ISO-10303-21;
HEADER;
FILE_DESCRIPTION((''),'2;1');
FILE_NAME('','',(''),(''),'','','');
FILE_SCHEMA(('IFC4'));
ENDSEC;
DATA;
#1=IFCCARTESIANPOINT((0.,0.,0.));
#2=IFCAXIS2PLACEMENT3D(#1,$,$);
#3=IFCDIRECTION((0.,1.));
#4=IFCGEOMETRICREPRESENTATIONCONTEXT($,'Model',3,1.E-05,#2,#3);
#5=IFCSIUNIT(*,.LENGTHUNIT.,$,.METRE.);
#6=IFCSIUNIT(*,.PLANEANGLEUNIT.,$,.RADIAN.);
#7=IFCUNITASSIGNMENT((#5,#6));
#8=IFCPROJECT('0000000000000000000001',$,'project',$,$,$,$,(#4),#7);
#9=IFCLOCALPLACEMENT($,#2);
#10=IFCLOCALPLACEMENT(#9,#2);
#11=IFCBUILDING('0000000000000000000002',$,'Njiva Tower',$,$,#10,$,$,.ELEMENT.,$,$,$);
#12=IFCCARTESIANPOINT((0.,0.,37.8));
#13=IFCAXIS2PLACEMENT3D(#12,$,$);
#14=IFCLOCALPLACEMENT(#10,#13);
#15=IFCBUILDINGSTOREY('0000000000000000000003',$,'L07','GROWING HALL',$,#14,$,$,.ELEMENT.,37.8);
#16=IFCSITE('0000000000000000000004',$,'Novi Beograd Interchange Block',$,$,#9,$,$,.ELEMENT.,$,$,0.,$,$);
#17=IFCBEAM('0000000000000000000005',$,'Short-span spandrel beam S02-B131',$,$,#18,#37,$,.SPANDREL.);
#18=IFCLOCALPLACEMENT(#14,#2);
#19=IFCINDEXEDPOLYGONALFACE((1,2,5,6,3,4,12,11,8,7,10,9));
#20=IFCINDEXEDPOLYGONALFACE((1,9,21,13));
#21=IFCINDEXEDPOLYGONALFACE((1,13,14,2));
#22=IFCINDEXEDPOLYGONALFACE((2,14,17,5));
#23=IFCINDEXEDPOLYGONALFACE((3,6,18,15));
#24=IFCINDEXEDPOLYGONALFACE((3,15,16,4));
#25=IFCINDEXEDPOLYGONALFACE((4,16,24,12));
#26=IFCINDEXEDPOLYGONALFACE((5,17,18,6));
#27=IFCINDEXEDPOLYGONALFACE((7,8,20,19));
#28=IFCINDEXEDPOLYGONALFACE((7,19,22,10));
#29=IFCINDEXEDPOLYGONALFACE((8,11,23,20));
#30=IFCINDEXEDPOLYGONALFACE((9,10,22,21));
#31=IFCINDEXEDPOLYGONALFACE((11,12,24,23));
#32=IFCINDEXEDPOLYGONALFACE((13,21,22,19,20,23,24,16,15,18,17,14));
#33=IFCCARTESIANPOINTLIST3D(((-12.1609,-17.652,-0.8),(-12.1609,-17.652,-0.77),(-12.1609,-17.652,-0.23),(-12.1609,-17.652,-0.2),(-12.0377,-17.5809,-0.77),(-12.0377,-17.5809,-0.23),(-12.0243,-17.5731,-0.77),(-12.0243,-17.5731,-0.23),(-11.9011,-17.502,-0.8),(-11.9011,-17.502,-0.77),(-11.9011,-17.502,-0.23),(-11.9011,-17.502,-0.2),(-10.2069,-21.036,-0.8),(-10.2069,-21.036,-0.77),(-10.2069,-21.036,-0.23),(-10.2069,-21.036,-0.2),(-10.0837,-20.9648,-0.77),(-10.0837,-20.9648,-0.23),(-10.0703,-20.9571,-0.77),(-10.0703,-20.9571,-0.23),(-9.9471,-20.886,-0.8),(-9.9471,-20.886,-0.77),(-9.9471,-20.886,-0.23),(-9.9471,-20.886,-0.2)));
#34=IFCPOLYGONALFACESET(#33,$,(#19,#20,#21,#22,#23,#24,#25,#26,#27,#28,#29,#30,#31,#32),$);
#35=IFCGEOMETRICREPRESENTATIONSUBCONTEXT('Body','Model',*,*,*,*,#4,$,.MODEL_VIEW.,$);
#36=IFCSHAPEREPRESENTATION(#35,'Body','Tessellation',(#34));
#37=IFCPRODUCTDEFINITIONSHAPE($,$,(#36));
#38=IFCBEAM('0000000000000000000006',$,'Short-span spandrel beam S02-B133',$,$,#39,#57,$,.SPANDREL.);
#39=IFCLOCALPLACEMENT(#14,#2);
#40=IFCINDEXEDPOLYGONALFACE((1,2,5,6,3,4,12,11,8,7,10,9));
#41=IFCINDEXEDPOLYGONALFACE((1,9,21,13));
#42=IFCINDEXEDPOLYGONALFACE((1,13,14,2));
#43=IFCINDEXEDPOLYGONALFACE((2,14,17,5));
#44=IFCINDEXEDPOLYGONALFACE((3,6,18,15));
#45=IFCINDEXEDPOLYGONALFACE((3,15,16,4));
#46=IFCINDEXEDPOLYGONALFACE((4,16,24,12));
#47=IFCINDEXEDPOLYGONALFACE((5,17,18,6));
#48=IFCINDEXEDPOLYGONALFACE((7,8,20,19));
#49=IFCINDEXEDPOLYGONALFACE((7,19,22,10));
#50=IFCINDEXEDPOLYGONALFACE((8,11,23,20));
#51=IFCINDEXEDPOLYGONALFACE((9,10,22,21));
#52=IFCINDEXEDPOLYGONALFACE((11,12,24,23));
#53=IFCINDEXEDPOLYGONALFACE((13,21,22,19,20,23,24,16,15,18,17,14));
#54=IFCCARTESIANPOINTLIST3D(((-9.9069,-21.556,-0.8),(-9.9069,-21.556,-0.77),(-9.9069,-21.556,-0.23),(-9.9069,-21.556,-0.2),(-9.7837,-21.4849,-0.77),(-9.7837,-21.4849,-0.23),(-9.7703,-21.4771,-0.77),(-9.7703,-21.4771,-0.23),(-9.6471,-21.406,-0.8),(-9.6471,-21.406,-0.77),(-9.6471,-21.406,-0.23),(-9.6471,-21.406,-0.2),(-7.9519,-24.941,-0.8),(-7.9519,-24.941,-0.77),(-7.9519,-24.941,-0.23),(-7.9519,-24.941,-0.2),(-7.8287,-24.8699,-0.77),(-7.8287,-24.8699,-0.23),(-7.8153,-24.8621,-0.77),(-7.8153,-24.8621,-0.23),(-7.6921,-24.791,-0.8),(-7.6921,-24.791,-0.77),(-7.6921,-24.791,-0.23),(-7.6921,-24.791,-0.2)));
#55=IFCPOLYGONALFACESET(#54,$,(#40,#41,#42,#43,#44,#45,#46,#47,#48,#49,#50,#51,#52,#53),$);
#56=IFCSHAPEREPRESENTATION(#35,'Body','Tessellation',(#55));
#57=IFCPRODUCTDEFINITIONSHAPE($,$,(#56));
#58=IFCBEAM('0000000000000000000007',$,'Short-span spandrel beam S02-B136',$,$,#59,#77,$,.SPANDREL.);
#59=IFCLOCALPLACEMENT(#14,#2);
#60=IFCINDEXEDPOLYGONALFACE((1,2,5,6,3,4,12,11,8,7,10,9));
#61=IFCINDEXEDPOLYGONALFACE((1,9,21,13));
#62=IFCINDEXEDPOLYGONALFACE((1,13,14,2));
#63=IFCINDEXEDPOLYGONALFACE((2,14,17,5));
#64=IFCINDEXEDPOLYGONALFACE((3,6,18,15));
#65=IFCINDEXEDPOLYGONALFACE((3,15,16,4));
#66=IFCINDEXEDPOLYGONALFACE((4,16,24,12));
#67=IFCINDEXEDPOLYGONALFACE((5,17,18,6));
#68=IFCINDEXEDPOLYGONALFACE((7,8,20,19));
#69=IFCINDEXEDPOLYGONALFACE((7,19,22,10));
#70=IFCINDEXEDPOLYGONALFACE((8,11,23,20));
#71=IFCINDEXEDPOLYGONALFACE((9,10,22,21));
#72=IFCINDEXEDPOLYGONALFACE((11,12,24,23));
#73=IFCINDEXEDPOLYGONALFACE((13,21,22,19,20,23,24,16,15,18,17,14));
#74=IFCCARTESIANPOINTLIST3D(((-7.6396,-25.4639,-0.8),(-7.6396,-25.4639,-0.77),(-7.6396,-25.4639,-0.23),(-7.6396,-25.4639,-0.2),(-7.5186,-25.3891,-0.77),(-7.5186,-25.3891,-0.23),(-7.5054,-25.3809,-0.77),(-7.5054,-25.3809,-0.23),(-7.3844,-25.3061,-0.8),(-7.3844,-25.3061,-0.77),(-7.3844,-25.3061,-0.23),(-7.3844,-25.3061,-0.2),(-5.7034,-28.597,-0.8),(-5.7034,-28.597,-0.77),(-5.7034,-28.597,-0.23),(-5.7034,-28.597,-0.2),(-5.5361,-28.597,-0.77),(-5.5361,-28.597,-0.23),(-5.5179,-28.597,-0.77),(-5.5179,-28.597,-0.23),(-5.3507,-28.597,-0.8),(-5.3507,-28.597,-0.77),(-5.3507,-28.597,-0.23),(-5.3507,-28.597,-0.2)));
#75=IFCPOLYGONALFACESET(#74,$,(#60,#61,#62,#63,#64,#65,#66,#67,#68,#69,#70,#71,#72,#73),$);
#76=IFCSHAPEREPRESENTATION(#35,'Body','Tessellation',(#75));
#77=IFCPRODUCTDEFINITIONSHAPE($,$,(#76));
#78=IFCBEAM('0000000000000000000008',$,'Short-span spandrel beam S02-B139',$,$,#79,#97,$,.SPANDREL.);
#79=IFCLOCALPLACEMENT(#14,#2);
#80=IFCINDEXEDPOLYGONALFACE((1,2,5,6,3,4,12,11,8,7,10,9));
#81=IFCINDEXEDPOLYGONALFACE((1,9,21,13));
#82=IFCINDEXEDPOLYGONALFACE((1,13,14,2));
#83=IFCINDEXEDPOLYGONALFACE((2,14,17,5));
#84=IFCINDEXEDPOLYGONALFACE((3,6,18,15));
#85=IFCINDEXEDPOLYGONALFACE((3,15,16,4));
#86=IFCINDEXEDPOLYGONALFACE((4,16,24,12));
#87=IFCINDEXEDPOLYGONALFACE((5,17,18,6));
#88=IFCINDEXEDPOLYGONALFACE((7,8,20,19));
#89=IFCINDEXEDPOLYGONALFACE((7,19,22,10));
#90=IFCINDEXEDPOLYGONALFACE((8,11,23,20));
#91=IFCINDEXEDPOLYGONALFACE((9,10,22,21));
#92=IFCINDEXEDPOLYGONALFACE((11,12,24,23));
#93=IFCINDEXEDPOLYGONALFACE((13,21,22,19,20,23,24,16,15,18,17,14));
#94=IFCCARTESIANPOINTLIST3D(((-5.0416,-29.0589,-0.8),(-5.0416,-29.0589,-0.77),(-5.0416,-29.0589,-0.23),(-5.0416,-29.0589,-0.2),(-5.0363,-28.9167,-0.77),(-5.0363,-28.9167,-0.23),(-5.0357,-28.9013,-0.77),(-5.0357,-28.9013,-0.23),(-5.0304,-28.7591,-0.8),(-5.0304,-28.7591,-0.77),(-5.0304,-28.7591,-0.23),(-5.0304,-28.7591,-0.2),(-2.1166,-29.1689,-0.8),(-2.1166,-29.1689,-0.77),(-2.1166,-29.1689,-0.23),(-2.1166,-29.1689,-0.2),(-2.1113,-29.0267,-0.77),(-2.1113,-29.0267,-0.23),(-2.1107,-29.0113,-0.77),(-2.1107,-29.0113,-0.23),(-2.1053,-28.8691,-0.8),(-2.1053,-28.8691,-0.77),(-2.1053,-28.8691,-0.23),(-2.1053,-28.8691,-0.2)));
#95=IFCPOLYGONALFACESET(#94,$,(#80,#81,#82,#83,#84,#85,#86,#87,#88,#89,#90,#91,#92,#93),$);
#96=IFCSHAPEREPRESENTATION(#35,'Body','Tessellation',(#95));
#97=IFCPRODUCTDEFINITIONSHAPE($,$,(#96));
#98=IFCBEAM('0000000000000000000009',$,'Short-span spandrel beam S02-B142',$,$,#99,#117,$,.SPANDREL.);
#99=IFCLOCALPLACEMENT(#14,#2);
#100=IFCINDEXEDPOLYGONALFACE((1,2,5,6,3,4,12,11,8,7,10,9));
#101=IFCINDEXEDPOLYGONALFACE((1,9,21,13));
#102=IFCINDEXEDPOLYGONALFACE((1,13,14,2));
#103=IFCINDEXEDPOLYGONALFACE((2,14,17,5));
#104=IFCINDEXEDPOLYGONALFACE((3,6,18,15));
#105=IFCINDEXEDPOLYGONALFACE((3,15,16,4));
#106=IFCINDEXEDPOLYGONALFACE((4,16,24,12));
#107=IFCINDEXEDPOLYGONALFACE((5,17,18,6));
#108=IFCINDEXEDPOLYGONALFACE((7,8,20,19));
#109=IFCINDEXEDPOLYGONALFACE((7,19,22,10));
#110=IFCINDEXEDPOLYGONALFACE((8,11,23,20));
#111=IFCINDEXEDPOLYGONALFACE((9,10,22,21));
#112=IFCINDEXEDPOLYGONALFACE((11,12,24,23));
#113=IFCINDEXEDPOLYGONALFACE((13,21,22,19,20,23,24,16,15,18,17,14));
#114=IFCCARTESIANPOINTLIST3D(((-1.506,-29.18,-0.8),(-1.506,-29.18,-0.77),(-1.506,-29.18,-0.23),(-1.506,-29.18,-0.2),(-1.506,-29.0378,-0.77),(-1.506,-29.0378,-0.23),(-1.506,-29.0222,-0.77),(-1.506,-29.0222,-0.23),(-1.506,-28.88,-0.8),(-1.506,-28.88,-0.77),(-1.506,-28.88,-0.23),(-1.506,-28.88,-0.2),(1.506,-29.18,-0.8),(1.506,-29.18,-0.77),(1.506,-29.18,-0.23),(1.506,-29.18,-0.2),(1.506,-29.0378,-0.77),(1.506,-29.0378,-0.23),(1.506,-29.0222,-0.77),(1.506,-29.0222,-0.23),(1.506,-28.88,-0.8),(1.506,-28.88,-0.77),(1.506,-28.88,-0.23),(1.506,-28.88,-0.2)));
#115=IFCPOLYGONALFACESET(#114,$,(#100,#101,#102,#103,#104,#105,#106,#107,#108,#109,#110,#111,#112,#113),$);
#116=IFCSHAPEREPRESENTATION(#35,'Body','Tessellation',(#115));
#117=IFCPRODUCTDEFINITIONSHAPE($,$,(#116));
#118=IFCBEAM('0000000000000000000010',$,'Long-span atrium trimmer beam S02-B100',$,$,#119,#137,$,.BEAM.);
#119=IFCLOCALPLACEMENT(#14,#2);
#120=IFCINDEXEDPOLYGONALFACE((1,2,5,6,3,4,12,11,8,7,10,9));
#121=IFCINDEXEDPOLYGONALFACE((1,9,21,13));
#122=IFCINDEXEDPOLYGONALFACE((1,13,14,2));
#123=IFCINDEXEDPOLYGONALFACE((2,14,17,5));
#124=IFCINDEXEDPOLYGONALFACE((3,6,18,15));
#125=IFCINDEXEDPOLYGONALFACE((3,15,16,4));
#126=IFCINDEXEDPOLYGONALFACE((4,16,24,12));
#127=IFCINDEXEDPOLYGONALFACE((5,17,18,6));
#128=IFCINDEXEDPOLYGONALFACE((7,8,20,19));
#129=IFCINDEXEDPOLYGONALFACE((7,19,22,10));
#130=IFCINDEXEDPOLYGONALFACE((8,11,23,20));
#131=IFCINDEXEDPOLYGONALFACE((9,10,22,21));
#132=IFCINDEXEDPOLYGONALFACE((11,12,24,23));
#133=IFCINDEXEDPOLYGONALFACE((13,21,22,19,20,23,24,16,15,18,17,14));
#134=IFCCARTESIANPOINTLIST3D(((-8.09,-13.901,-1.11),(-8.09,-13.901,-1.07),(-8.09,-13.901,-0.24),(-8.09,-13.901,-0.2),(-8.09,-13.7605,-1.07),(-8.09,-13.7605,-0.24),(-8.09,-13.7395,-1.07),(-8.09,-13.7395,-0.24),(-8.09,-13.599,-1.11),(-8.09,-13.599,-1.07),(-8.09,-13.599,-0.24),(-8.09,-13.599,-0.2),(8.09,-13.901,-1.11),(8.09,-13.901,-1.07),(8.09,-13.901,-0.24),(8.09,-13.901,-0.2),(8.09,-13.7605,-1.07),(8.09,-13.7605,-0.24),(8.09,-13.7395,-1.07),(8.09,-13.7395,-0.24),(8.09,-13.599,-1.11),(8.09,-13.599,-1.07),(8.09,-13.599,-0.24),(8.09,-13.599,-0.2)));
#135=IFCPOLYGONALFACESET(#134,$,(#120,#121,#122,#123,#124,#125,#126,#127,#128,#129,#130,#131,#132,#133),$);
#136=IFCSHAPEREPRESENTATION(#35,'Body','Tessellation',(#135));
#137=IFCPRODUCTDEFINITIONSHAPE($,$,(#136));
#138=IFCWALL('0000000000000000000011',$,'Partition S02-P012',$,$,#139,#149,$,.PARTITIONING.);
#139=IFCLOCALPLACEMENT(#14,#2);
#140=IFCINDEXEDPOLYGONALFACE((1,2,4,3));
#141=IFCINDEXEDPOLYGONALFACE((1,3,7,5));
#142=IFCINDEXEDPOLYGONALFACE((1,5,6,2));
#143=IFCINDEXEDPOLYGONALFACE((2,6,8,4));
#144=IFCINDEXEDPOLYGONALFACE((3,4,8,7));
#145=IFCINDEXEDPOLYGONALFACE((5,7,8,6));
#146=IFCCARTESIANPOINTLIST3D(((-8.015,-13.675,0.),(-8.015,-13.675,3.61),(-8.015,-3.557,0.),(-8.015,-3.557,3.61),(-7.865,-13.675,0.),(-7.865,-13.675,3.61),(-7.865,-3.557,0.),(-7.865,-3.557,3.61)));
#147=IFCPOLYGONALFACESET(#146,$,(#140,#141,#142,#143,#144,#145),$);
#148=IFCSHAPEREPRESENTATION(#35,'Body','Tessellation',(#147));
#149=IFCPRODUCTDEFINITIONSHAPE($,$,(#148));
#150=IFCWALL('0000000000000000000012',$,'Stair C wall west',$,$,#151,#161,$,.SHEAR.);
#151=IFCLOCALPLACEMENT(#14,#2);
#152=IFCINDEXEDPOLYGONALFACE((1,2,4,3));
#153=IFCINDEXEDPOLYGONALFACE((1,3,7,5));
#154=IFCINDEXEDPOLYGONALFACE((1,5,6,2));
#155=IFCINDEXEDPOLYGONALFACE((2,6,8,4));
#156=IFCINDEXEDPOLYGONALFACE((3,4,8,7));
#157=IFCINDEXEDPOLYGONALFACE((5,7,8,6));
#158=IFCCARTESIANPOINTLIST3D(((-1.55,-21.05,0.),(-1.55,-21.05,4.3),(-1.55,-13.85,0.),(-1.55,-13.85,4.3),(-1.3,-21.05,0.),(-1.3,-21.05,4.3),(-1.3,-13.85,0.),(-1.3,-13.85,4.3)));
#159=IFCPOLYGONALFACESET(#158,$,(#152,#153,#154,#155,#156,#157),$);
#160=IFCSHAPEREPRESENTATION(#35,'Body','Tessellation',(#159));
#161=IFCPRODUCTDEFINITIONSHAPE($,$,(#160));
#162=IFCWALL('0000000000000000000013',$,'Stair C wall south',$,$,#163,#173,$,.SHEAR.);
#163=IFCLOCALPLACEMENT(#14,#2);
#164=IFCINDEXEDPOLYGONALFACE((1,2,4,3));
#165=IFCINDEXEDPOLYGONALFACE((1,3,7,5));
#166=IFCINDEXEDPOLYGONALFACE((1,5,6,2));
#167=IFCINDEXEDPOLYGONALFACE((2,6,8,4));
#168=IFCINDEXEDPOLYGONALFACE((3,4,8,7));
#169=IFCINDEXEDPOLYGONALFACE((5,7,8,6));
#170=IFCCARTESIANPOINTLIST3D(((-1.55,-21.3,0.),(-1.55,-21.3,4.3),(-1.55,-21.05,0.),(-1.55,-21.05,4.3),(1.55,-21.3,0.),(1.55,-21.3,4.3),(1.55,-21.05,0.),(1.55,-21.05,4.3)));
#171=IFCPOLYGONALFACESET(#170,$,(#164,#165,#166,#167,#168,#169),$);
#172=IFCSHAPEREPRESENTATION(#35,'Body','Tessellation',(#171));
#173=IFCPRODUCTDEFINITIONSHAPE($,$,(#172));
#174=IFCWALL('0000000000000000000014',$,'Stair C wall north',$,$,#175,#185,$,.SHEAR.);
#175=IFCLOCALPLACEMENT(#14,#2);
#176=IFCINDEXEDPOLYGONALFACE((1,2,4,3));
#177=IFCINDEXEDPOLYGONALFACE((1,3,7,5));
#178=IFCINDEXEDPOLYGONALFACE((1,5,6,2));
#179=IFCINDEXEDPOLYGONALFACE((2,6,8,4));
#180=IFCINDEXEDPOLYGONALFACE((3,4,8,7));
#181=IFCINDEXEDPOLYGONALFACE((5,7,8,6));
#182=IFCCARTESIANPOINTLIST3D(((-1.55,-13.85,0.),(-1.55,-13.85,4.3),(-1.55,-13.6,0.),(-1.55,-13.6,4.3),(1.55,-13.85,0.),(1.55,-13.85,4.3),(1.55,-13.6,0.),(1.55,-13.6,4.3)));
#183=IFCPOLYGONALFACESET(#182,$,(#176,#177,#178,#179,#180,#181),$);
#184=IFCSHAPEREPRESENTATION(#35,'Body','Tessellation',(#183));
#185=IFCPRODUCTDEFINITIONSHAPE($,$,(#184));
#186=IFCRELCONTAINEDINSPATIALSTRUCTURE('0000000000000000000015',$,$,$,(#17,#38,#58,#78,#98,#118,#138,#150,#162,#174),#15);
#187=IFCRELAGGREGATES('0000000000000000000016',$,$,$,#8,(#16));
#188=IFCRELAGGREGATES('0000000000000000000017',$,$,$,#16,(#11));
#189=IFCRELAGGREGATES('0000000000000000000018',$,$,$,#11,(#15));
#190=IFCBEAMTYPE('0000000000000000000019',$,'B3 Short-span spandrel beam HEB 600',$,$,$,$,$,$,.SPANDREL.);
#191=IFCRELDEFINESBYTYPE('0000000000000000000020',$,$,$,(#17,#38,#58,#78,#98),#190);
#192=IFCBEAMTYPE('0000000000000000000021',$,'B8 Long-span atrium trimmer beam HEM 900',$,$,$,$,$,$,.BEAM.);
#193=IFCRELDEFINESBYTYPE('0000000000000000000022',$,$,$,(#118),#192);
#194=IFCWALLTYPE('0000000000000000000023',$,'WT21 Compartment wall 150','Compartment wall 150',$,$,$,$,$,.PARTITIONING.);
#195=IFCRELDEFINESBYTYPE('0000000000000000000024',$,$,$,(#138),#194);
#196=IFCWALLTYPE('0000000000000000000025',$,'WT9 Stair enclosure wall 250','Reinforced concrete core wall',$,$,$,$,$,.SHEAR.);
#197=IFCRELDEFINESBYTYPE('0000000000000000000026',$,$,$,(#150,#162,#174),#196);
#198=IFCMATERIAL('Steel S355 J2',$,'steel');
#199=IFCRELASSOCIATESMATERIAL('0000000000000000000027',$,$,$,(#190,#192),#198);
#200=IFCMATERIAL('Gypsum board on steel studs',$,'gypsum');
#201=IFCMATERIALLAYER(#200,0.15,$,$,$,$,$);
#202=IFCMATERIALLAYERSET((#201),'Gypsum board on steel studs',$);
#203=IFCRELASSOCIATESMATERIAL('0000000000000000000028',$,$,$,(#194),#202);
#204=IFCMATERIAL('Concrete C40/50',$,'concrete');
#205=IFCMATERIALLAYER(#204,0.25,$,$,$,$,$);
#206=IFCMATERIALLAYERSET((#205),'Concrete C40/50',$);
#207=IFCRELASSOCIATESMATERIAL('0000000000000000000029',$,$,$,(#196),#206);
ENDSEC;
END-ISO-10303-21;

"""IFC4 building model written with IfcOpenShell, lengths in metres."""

from ifc_helpers import new_model, si_unit, direction, frame, frame_2d, origin, origin_2d, place, context, subcontext, project, spatial, rectangle, i_section, extrude, clip, halfspace, material, layer, layer_set, material_profile, profile_set, type_object, element, save


model = new_model("IFC4")

# Units and contexts
model_context = context("Model", 3, precision=1e-05, world=origin(), true_north=direction((0.0, 1.0)))
body_context = subcontext(model_context, "Body", "Model", "MODEL_VIEW")
ifc_project = project(units=[si_unit("LENGTHUNIT", "METRE"), si_unit("PLANEANGLEUNIT", "RADIAN")], contexts=[model_context])

# Site, building, storey
site_placement = place(None, origin())
site = spatial("IfcSite", under=ifc_project, at=site_placement, Name="Novi Beograd Interchange Block", CompositionType="ELEMENT", RefElevation=0.0)
building_placement = place(site_placement, origin())
building = spatial("IfcBuilding", under=site, at=building_placement, Name="Njiva Tower", CompositionType="ELEMENT")
storey_placement = place(building_placement, frame((0.0, 0.0, 37.8)))
storey = spatial("IfcBuildingStorey", under=building, at=storey_placement, Name="L07", Description="GROWING HALL", CompositionType="ELEMENT", Elevation=37.8)

# Shared definitions
ifc_material_1 = material(Name="Steel S355 J2", Category="steel")

# Beams
ifc_material_profile_1 = material_profile(ifc_material_1, i_section(OverallWidth=0.3, OverallDepth=0.6, WebThickness=0.0155, FlangeThickness=0.03, at=origin_2d()), Name="HEB 600")
ifc_profile_set_1 = profile_set([ifc_material_profile_1], Name="Steel S355 J2")
beam_type_1 = type_object("IfcBeamType", Name="B3 Short-span spandrel beam HEB 600", PredefinedType="SPANDREL", material=ifc_profile_set_1)
beam_1_placement = place(storey_placement, frame((-12.031, -17.577, -0.5), z_axis=(0.500047, -0.865998, 0.0), x_axis=(0.865998, 0.500047, 0.0)))
element("IfcBeam", 1, at=beam_1_placement, inside=storey, type_object=beam_type_1, Name="Short-span spandrel beam S02-B131", PredefinedType="SPANDREL", context=body_context, shape_type="SweptSolid", body=[
    extrude(i_section(OverallWidth=0.3, OverallDepth=0.6, WebThickness=0.0155, FlangeThickness=0.03, at=origin_2d()), origin(), (0.0, 0.0, 1.0), 3.9076),
])
beam_2_placement = place(storey_placement, frame((-9.777, -21.481, -0.5), z_axis=(0.500128, -0.865951, 0.0), x_axis=(0.865951, 0.500128, 0.0)))
element("IfcBeam", 2, at=beam_2_placement, inside=storey, type_object=beam_type_1, Name="Short-span spandrel beam S02-B133", PredefinedType="SPANDREL", context=body_context, shape_type="SweptSolid", body=[
    extrude(i_section(OverallWidth=0.3, OverallDepth=0.6, WebThickness=0.0155, FlangeThickness=0.03, at=origin_2d()), origin(), (0.0, 0.0, 1.0), 3.909),
])
beam_3_placement = place(storey_placement, frame((-7.512, -25.385, -0.5), z_axis=(0.525707, -0.850666, 0.0), x_axis=(0.850666, 0.525707, 0.0)))
element("IfcBeam", 3, at=beam_3_placement, inside=storey, type_object=beam_type_1, Name="Short-span spandrel beam S02-B136", PredefinedType="SPANDREL", context=body_context, shape_type="Clipping", body=[
    clip(extrude(i_section(OverallWidth=0.3, OverallDepth=0.6, WebThickness=0.0155, FlangeThickness=0.03, at=origin_2d()), origin(), (0.0, 0.0, 1.0), 3.8889), halfspace(frame((-0.0261, 0.0, 3.7597), z_axis=(-0.525707, 0.0, 0.850666), x_axis=(0.0, 1.0, 0.0)), False)),
])
beam_4_placement = place(storey_placement, frame((-5.036, -28.909, -0.5), z_axis=(0.999294, -0.03758, 0.0), x_axis=(0.03758, 0.999294, 0.0)))
element("IfcBeam", 4, at=beam_4_placement, inside=storey, type_object=beam_type_1, Name="Short-span spandrel beam S02-B139", PredefinedType="SPANDREL", context=body_context, shape_type="SweptSolid", body=[
    extrude(i_section(OverallWidth=0.3, OverallDepth=0.6, WebThickness=0.0155, FlangeThickness=0.03, at=origin_2d()), origin(), (0.0, 0.0, 1.0), 2.9271),
])
beam_5_placement = place(storey_placement, frame((-1.506, -29.03, -0.5), z_axis=(1.0, 0.0, 0.0), x_axis=(0.0, 1.0, 0.0)))
element("IfcBeam", 5, at=beam_5_placement, inside=storey, type_object=beam_type_1, Name="Short-span spandrel beam S02-B142", PredefinedType="SPANDREL", context=body_context, shape_type="SweptSolid", body=[
    extrude(i_section(OverallWidth=0.3, OverallDepth=0.6, WebThickness=0.0155, FlangeThickness=0.03, at=origin_2d()), origin(), (0.0, 0.0, 1.0), 3.012),
])
ifc_material_profile_2 = material_profile(ifc_material_1, i_section(OverallWidth=0.302, OverallDepth=0.91, WebThickness=0.021, FlangeThickness=0.04, at=origin_2d()), Name="HEM 900")
ifc_profile_set_2 = profile_set([ifc_material_profile_2], Name="Steel S355 J2")
beam_type_2 = type_object("IfcBeamType", Name="B8 Long-span atrium trimmer beam HEM 900", PredefinedType="BEAM", material=ifc_profile_set_2)
beam_6_placement = place(storey_placement, frame((-8.09, -13.75, -0.655), z_axis=(1.0, 0.0, 0.0), x_axis=(0.0, 1.0, 0.0)))
element("IfcBeam", 6, at=beam_6_placement, inside=storey, type_object=beam_type_2, Name="Long-span atrium trimmer beam S02-B100", PredefinedType="BEAM", context=body_context, shape_type="SweptSolid", body=[
    extrude(i_section(OverallWidth=0.302, OverallDepth=0.91, WebThickness=0.021, FlangeThickness=0.04, at=origin_2d()), origin(), (0.0, 0.0, 1.0), 16.18),
])

# Walls
ifc_material_2 = material(Name="Gypsum board on steel studs", Category="gypsum")
ifc_layer_1 = layer(ifc_material_2, 0.15)
ifc_layer_set_1 = layer_set([ifc_layer_1], Name="Gypsum board on steel studs")
wall_type_1 = type_object("IfcWallType", Name="WT21 Compartment wall 150", Description="Compartment wall 150", PredefinedType="PARTITIONING", material=ifc_layer_set_1)
wall_1_placement = place(storey_placement, frame((-7.94, -13.675, 0.0), z_axis=(0.0, 0.0, 1.0), x_axis=(0.0, 1.0, 0.0)))
element("IfcWall", 7, at=wall_1_placement, inside=storey, type_object=wall_type_1, Name="Partition S02-P012", PredefinedType="PARTITIONING", context=body_context, shape_type="SweptSolid", body=[
    extrude(rectangle(XDim=10.118, YDim=0.15, at=frame_2d((5.059, 0.0))), origin(), (0.0, 0.0, 1.0), 3.61),
])
ifc_material_3 = material(Name="Concrete C40/50", Category="concrete")
ifc_layer_2 = layer(ifc_material_3, 0.25)
ifc_layer_set_2 = layer_set([ifc_layer_2], Name="Concrete C40/50")
wall_type_2 = type_object("IfcWallType", Name="WT9 Stair enclosure wall 250", Description="Reinforced concrete core wall", PredefinedType="SHEAR", material=ifc_layer_set_2)
wall_2_placement = place(storey_placement, frame((-1.425, -21.05, 0.0), z_axis=(0.0, 0.0, 1.0), x_axis=(0.0, 1.0, 0.0)))
element("IfcWall", 8, at=wall_2_placement, inside=storey, type_object=wall_type_2, Name="Stair C wall west", PredefinedType="SHEAR", context=body_context, shape_type="SweptSolid", body=[
    extrude(rectangle(XDim=7.2, YDim=0.25, at=frame_2d((3.6, 0.0))), origin(), (0.0, 0.0, 1.0), 4.3),
])
for number, where, z_axis, x_axis, name in (
    (9, (-1.55, -21.175, 0.0), (0.0, 0.0, 1.0), (1.0, 0.0, 0.0), "Stair C wall south"),
    (10, (-1.55, -13.725, 0.0), (0.0, 0.0, 1.0), (1.0, 0.0, 0.0), "Stair C wall north"),
):
    element("IfcWall", number, at=place(storey_placement, frame(where, z_axis=z_axis, x_axis=x_axis)), inside=storey, type_object=wall_type_2, Name=name, PredefinedType="SHEAR", context=body_context, shape_type="SweptSolid", body=[
        extrude(rectangle(XDim=3.1, YDim=0.25, at=frame_2d((1.55, 0.0))), origin(), (0.0, 0.0, 1.0), 4.3),
    ])

save(model, "model.ifc")
